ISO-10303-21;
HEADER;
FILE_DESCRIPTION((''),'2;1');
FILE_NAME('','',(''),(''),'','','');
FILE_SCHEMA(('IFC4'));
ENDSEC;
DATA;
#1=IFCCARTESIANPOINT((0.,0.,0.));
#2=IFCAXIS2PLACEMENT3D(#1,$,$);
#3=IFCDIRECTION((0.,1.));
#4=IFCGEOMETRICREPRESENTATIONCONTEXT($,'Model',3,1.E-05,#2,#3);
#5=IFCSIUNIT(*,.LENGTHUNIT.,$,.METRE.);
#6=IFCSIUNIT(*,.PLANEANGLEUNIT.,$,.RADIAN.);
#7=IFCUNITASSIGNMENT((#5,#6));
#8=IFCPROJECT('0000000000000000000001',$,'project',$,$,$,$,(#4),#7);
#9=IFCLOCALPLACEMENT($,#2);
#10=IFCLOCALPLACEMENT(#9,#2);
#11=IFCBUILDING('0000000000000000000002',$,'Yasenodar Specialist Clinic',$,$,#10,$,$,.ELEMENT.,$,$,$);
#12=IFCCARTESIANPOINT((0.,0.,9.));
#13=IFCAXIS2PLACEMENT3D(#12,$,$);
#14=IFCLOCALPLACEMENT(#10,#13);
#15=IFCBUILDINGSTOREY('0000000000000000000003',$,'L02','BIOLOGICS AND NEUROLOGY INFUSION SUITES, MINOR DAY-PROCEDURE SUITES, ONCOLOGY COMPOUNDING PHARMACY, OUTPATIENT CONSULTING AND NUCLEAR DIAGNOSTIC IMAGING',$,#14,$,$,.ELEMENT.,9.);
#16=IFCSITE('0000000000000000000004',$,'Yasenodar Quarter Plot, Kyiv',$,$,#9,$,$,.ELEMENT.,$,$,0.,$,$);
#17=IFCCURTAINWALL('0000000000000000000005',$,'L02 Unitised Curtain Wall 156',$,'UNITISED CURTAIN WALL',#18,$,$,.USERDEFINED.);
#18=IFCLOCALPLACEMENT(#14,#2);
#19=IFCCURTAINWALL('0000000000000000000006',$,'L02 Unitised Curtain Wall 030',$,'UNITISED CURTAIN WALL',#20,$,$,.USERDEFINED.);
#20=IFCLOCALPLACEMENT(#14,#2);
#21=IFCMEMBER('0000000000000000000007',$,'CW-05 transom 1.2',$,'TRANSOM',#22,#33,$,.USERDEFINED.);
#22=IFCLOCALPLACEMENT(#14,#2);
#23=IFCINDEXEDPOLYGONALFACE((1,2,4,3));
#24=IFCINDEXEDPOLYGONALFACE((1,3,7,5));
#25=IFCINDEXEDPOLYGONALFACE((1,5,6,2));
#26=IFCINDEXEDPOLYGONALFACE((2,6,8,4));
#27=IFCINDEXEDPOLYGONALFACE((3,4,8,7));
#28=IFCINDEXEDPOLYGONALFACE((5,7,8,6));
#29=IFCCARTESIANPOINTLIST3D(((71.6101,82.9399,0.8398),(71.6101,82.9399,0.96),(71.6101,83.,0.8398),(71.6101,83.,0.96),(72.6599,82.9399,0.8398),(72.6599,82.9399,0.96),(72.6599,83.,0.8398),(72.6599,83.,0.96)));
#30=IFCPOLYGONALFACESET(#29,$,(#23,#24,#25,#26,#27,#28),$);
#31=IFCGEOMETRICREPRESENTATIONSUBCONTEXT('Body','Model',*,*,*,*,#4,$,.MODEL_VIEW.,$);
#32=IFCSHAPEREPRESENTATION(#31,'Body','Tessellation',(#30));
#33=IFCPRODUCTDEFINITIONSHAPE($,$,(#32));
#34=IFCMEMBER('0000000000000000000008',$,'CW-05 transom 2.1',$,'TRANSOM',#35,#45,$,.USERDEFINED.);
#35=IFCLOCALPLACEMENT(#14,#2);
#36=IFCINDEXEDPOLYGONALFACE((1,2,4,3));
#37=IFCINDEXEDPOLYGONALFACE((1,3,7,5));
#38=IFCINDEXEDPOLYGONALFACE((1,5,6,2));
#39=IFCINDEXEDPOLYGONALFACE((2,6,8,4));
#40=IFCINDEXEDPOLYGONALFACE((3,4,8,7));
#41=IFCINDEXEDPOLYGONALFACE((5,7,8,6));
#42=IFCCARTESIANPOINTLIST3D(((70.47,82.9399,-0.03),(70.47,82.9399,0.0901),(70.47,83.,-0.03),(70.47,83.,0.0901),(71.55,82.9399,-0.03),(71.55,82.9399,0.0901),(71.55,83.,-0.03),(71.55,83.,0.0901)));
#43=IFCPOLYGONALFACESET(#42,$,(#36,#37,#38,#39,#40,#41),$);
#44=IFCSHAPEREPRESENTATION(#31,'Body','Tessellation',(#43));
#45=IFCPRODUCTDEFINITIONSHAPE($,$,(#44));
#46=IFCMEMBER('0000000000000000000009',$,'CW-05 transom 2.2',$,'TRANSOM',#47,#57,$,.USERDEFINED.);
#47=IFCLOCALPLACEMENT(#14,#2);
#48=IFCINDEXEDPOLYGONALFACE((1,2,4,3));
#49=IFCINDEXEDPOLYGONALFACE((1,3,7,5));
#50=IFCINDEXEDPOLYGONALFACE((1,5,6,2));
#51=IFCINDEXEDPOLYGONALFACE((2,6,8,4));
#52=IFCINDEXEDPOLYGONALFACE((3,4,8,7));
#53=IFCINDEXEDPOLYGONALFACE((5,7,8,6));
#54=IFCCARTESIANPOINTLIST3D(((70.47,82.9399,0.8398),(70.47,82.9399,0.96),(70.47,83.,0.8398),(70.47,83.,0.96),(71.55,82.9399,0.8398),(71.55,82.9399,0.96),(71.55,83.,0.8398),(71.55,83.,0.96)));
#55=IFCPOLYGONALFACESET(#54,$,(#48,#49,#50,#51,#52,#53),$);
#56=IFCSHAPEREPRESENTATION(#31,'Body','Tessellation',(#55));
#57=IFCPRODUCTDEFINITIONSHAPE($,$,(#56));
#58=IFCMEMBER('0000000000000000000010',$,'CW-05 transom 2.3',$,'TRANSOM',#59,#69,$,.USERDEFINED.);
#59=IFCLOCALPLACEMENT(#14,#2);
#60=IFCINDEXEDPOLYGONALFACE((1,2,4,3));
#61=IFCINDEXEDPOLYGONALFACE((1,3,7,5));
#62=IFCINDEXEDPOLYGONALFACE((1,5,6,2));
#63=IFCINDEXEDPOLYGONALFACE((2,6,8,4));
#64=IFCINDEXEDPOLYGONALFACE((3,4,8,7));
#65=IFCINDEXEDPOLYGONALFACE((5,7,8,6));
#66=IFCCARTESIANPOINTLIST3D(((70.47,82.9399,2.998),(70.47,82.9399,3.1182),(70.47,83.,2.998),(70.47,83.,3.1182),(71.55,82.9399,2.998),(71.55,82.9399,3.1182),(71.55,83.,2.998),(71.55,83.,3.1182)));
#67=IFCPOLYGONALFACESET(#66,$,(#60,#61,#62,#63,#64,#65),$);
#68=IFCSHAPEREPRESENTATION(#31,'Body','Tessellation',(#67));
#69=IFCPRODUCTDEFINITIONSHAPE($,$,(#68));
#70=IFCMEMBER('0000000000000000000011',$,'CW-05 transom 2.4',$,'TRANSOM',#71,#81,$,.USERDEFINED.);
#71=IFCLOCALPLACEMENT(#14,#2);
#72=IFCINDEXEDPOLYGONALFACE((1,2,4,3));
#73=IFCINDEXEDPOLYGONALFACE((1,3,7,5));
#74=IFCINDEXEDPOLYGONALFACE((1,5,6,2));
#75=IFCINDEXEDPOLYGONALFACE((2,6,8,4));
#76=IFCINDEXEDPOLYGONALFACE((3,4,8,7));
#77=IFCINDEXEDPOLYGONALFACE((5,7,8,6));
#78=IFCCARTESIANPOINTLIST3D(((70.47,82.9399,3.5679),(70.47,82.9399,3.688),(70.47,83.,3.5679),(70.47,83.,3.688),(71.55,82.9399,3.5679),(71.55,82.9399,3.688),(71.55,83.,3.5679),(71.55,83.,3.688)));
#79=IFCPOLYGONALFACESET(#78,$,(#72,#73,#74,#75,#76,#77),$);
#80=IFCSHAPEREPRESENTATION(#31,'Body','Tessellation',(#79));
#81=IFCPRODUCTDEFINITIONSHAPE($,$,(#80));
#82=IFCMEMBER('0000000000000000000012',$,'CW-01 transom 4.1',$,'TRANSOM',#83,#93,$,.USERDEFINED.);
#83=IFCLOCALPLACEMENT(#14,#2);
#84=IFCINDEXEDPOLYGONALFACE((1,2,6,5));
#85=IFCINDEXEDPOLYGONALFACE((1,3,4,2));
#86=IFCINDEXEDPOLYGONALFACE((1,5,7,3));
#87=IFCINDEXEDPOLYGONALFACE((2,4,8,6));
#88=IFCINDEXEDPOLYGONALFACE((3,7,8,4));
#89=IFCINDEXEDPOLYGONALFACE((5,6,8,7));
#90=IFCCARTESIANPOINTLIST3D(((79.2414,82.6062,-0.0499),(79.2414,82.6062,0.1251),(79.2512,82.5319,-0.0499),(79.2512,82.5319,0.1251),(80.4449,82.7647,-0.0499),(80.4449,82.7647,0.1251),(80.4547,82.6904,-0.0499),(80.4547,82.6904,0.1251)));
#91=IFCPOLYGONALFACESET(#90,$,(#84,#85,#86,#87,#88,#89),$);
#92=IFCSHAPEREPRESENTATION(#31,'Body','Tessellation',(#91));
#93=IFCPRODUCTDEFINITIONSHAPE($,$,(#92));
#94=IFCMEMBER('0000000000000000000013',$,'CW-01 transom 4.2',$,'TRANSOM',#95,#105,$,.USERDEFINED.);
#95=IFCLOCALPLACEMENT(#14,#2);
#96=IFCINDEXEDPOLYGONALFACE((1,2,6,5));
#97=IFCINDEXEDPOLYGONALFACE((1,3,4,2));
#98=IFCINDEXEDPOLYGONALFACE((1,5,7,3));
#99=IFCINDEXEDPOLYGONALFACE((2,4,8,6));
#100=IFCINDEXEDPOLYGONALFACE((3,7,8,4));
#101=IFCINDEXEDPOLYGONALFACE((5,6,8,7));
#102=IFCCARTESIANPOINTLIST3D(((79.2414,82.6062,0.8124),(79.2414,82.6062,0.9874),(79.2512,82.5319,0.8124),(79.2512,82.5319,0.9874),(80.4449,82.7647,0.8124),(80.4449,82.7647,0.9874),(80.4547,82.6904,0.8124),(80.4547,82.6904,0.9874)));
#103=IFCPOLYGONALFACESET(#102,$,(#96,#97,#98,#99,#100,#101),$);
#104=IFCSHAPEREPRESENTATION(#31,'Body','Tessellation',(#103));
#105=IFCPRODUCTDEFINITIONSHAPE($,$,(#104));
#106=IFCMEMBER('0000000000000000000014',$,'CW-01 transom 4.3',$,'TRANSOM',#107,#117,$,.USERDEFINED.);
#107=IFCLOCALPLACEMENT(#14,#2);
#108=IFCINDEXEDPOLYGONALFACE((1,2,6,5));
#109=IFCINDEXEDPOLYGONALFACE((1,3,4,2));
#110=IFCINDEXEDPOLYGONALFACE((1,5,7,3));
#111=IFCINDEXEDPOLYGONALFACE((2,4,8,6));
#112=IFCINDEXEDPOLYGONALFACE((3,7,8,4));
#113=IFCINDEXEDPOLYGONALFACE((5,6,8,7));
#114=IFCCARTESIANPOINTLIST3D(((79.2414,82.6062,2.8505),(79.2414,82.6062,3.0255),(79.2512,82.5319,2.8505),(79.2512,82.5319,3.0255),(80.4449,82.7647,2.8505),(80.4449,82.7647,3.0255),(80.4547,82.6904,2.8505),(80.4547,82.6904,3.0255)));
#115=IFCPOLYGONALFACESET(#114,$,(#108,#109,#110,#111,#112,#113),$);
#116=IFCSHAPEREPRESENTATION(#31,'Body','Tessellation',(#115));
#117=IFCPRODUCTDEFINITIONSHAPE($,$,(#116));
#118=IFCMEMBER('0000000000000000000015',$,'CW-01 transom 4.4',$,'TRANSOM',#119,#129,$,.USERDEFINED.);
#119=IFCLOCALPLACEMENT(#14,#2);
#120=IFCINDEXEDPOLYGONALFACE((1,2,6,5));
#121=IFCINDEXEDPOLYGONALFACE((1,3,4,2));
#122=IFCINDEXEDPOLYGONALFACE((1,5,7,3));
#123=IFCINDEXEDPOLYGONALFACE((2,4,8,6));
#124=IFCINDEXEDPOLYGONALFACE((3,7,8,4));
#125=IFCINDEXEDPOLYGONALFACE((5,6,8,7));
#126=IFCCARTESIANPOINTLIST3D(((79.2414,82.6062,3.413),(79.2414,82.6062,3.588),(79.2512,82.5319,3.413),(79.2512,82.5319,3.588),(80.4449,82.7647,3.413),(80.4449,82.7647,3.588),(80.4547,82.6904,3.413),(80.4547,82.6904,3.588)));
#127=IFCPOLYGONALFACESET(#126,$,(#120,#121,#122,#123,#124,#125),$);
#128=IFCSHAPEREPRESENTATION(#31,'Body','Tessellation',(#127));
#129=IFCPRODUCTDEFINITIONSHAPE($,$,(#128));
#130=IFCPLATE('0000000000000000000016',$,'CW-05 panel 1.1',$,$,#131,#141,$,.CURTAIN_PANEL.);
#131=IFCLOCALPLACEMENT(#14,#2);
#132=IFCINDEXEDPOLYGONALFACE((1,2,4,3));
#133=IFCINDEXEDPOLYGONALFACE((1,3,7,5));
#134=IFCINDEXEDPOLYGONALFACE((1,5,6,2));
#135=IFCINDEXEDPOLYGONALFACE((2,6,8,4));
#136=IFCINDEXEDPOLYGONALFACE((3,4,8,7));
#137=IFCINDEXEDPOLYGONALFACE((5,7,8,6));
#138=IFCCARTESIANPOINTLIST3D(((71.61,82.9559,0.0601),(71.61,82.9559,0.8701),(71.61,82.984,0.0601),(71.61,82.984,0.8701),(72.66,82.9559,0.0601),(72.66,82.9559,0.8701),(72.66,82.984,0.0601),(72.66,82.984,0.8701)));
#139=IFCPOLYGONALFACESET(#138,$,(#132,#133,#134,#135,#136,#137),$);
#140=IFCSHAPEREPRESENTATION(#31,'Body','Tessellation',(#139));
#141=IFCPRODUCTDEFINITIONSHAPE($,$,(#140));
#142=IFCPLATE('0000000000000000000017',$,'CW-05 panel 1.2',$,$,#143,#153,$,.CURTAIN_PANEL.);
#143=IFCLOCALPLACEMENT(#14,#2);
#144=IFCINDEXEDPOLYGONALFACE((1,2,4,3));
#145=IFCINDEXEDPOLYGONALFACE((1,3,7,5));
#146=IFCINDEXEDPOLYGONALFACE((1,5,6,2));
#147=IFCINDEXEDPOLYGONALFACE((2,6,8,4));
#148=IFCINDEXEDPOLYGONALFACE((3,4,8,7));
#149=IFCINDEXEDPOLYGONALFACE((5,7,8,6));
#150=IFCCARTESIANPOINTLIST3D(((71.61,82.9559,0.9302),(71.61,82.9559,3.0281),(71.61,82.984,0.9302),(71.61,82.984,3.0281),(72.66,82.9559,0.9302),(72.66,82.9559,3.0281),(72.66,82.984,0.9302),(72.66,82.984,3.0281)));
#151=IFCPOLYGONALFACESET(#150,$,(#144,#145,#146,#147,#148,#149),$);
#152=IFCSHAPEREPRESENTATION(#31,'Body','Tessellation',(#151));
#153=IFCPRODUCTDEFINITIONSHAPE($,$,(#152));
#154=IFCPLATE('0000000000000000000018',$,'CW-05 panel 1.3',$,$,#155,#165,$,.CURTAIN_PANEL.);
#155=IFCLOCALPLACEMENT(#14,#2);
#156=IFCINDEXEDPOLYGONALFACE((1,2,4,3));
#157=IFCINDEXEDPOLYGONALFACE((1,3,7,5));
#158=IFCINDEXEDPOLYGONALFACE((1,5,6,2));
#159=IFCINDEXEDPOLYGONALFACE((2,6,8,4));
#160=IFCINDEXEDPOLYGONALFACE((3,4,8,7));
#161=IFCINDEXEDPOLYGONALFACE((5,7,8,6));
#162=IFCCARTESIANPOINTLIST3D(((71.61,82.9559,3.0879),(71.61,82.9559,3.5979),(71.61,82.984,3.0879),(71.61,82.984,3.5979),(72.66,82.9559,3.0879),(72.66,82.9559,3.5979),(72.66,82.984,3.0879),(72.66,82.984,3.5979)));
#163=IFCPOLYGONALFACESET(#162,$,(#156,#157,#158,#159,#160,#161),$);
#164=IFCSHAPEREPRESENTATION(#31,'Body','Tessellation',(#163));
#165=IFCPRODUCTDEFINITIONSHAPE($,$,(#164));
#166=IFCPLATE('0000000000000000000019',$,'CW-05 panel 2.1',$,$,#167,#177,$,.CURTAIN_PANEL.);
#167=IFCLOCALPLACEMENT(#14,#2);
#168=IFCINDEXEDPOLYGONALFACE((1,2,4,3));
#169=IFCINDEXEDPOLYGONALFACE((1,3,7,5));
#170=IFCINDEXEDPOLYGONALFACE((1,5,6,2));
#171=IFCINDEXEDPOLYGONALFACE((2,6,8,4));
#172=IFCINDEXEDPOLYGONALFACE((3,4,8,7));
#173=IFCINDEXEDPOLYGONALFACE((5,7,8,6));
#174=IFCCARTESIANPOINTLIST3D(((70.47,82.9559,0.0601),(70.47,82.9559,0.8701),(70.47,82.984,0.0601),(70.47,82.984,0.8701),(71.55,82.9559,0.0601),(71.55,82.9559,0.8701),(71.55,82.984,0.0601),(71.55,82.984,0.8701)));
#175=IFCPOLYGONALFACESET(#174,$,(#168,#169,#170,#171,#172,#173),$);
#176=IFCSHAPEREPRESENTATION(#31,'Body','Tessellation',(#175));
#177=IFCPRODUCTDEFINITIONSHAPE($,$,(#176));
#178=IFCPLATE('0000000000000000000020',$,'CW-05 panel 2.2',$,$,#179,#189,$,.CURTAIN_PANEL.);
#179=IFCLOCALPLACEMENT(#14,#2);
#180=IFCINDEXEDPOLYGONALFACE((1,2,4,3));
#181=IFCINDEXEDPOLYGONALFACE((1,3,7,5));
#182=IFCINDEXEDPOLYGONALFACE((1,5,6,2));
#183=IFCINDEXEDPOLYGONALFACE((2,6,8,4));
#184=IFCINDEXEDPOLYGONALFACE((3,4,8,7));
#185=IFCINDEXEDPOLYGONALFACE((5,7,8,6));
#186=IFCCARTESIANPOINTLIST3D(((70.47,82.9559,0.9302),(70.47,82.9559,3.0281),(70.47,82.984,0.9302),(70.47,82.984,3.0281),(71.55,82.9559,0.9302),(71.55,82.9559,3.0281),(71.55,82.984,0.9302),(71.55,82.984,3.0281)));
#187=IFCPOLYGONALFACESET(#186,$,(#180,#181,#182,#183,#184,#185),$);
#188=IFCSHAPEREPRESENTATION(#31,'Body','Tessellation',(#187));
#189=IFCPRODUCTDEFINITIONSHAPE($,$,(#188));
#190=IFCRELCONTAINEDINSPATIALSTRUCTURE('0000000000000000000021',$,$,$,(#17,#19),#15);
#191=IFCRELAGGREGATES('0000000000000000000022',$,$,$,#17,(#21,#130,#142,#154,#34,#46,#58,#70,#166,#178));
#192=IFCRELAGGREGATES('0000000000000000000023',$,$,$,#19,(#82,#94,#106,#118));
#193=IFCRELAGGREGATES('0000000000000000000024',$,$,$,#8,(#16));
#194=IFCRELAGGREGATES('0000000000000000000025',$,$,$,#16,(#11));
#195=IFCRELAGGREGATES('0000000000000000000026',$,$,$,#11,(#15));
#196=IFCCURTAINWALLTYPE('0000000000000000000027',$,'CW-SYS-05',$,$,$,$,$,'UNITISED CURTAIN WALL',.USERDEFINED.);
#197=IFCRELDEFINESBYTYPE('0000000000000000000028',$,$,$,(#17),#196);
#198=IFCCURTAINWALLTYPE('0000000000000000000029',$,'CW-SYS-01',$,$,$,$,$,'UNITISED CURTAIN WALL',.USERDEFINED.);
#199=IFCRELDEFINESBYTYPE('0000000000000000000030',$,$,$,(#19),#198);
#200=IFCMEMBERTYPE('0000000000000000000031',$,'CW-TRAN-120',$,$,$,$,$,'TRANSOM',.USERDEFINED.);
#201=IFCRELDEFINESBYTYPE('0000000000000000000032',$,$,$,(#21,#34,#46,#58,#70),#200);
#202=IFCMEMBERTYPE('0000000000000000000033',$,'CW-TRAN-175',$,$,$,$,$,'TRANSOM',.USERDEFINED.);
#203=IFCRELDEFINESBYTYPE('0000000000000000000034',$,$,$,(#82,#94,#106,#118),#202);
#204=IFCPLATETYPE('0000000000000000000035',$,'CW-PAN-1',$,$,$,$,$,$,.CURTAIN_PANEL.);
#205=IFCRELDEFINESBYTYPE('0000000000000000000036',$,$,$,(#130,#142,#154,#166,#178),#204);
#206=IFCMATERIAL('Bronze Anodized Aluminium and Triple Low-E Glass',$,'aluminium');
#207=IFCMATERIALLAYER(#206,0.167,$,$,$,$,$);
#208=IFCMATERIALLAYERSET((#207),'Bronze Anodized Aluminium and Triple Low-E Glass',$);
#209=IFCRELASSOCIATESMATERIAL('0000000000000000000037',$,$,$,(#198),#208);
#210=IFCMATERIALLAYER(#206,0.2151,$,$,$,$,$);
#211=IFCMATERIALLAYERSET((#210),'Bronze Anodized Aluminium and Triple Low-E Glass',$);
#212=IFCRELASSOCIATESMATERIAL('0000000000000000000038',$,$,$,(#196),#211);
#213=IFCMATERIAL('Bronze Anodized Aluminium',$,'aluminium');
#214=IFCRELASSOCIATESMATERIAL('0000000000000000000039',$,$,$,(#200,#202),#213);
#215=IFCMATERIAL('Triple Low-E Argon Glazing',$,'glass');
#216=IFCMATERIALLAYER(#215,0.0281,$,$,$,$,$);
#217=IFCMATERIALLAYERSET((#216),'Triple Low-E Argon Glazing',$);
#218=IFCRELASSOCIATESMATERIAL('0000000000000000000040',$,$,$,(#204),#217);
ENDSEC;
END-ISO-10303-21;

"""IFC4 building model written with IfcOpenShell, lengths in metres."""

from ifc_helpers import new_model, si_unit, direction, frame, origin, origin_2d, place, context, subcontext, project, spatial, rectangle, extrude, material, layer, layer_set, material_profile, profile_set, type_object, element, aggregate, save


model = new_model("IFC4")

# Units and contexts
model_context = context("Model", 3, precision=1e-05, world=origin(), true_north=direction((0.0, 1.0)))
body_context = subcontext(model_context, "Body", "Model", "MODEL_VIEW")
ifc_project = project(units=[si_unit("LENGTHUNIT", "METRE"), si_unit("PLANEANGLEUNIT", "RADIAN")], contexts=[model_context])

# Site, building, storey
site_placement = place(None, origin())
site = spatial("IfcSite", under=ifc_project, at=site_placement, Name="Yasenodar Quarter Plot, Kyiv", CompositionType="ELEMENT", RefElevation=0.0)
building_placement = place(site_placement, origin())
building = spatial("IfcBuilding", under=site, at=building_placement, Name="Yasenodar Specialist Clinic", CompositionType="ELEMENT")
storey_placement = place(building_placement, frame((0.0, 0.0, 9.0)))
storey = spatial("IfcBuildingStorey", under=building, at=storey_placement, Name="L02", Description="BIOLOGICS AND NEUROLOGY INFUSION SUITES, MINOR DAY-PROCEDURE SUITES, ONCOLOGY COMPOUNDING PHARMACY, OUTPATIENT CONSULTING AND NUCLEAR DIAGNOSTIC IMAGING", CompositionType="ELEMENT", Elevation=9.0)

# Shared definitions
ifc_material_1 = material(Name="Bronze Anodized Aluminium and Triple Low-E Glass", Category="aluminium")
ifc_layer_1 = layer(ifc_material_1, 0.167)
ifc_layer_set_1 = layer_set([ifc_layer_1], Name="Bronze Anodized Aluminium and Triple Low-E Glass")
curtain_wall_type_1 = type_object("IfcCurtainWallType", Name="CW-SYS-01", ElementType="UNITISED CURTAIN WALL", PredefinedType="USERDEFINED", material=ifc_layer_set_1)
ifc_material_2 = material(Name="Bronze Anodized Aluminium", Category="aluminium")

# Curtain wall
ifc_layer_2 = layer(ifc_material_1, 0.2151)
ifc_layer_set_2 = layer_set([ifc_layer_2], Name="Bronze Anodized Aluminium and Triple Low-E Glass")
curtain_wall_type_2 = type_object("IfcCurtainWallType", Name="CW-SYS-05", ElementType="UNITISED CURTAIN WALL", PredefinedType="USERDEFINED", material=ifc_layer_set_2)
curtain_wall_1_placement = place(storey_placement, origin())
curtain_wall_1 = element("IfcCurtainWall", 1, at=curtain_wall_1_placement, inside=storey, type_object=curtain_wall_type_2, Name="L02 Unitised Curtain Wall 156", ObjectType="UNITISED CURTAIN WALL", PredefinedType="USERDEFINED")

# Curtain wall
curtain_wall_2_placement = place(storey_placement, origin())
curtain_wall_2 = element("IfcCurtainWall", 2, at=curtain_wall_2_placement, inside=storey, type_object=curtain_wall_type_1, Name="L02 Unitised Curtain Wall 030", ObjectType="UNITISED CURTAIN WALL", PredefinedType="USERDEFINED")

# Members
ifc_material_profile_1 = material_profile(ifc_material_2, rectangle(XDim=0.0601, YDim=0.1201, at=origin_2d()), Name="CW-TRAN 60x120")
ifc_profile_set_1 = profile_set([ifc_material_profile_1], Name="Bronze Anodized Aluminium")
member_type_1 = type_object("IfcMemberType", Name="CW-TRAN-120", ElementType="TRANSOM", PredefinedType="USERDEFINED", material=ifc_profile_set_1)
member_1_placement = place(storey_placement, frame((72.6599, 82.97, 0.8999), z_axis=(-1.0, 0.0, 0.0), x_axis=(0.0, -1.0, 0.0)))
member_1 = element("IfcMember", 3, at=member_1_placement, type_object=member_type_1, Name="CW-05 transom 1.2", ObjectType="TRANSOM", PredefinedType="USERDEFINED", context=body_context, shape_type="SweptSolid", body=[
    extrude(rectangle(XDim=0.0601, YDim=0.1201, at=origin_2d()), origin(), (0.0, 0.0, 1.0), 1.0498),
])
member_2_placement = place(storey_placement, frame((71.55, 82.97, 0.03), z_axis=(-1.0, 0.0, 0.0), x_axis=(0.0, -1.0, 0.0)))
member_2 = element("IfcMember", 4, at=member_2_placement, type_object=member_type_1, Name="CW-05 transom 2.1", ObjectType="TRANSOM", PredefinedType="USERDEFINED", context=body_context, shape_type="SweptSolid", body=[
    extrude(rectangle(XDim=0.0601, YDim=0.1201, at=origin_2d()), origin(), (0.0, 0.0, 1.0), 1.0801),
])
member_3_placement = place(storey_placement, frame((71.55, 82.97, 0.8999), z_axis=(-1.0, 0.0, 0.0), x_axis=(0.0, -1.0, 0.0)))
member_3 = element("IfcMember", 5, at=member_3_placement, type_object=member_type_1, Name="CW-05 transom 2.2", ObjectType="TRANSOM", PredefinedType="USERDEFINED", context=body_context, shape_type="SweptSolid", body=[
    extrude(rectangle(XDim=0.0601, YDim=0.1201, at=origin_2d()), origin(), (0.0, 0.0, 1.0), 1.0801),
])
member_4_placement = place(storey_placement, frame((71.55, 82.97, 3.0581), z_axis=(-1.0, 0.0, 0.0), x_axis=(0.0, -1.0, 0.0)))
member_4 = element("IfcMember", 6, at=member_4_placement, type_object=member_type_1, Name="CW-05 transom 2.3", ObjectType="TRANSOM", PredefinedType="USERDEFINED", context=body_context, shape_type="SweptSolid", body=[
    extrude(rectangle(XDim=0.0601, YDim=0.1201, at=origin_2d()), origin(), (0.0, 0.0, 1.0), 1.0801),
])
member_5_placement = place(storey_placement, frame((71.55, 82.97, 3.6279), z_axis=(-1.0, 0.0, 0.0), x_axis=(0.0, -1.0, 0.0)))
member_5 = element("IfcMember", 7, at=member_5_placement, type_object=member_type_1, Name="CW-05 transom 2.4", ObjectType="TRANSOM", PredefinedType="USERDEFINED", context=body_context, shape_type="SweptSolid", body=[
    extrude(rectangle(XDim=0.0601, YDim=0.1201, at=origin_2d()), origin(), (0.0, 0.0, 1.0), 1.0801),
])
ifc_material_profile_2 = material_profile(ifc_material_2, rectangle(XDim=0.075, YDim=0.175, at=origin_2d()), Name="CW-TRAN 75x175")
ifc_profile_set_2 = profile_set([ifc_material_profile_2], Name="Bronze Anodized Aluminium")
member_type_2 = type_object("IfcMemberType", Name="CW-TRAN-175", ElementType="TRANSOM", PredefinedType="USERDEFINED", material=ifc_profile_set_2)
member_6_placement = place(storey_placement, frame((79.2463, 82.5691, 0.0376), z_axis=(0.991443, 0.130543, 0.0), x_axis=(-0.130543, 0.991443, 0.0)))
member_6 = element("IfcMember", 8, at=member_6_placement, type_object=member_type_2, Name="CW-01 transom 4.1", ObjectType="TRANSOM", PredefinedType="USERDEFINED", context=body_context, shape_type="SweptSolid", body=[
    extrude(rectangle(XDim=0.075, YDim=0.175, at=origin_2d()), origin(), (0.0, 0.0, 1.0), 1.2139),
])
member_7_placement = place(storey_placement, frame((79.2463, 82.5691, 0.8999), z_axis=(0.991443, 0.130543, 0.0), x_axis=(-0.130543, 0.991443, 0.0)))
member_7 = element("IfcMember", 9, at=member_7_placement, type_object=member_type_2, Name="CW-01 transom 4.2", ObjectType="TRANSOM", PredefinedType="USERDEFINED", context=body_context, shape_type="SweptSolid", body=[
    extrude(rectangle(XDim=0.075, YDim=0.175, at=origin_2d()), origin(), (0.0, 0.0, 1.0), 1.2139),
])
member_8_placement = place(storey_placement, frame((79.2463, 82.5691, 2.938), z_axis=(0.991443, 0.130543, 0.0), x_axis=(-0.130543, 0.991443, 0.0)))
member_8 = element("IfcMember", 10, at=member_8_placement, type_object=member_type_2, Name="CW-01 transom 4.3", ObjectType="TRANSOM", PredefinedType="USERDEFINED", context=body_context, shape_type="SweptSolid", body=[
    extrude(rectangle(XDim=0.075, YDim=0.175, at=origin_2d()), origin(), (0.0, 0.0, 1.0), 1.2139),
])
member_9_placement = place(storey_placement, frame((79.2463, 82.5691, 3.5005), z_axis=(0.991443, 0.130543, 0.0), x_axis=(-0.130543, 0.991443, 0.0)))
member_9 = element("IfcMember", 11, at=member_9_placement, type_object=member_type_2, Name="CW-01 transom 4.4", ObjectType="TRANSOM", PredefinedType="USERDEFINED", context=body_context, shape_type="SweptSolid", body=[
    extrude(rectangle(XDim=0.075, YDim=0.175, at=origin_2d()), origin(), (0.0, 0.0, 1.0), 1.2139),
])

# Plates
ifc_material_3 = material(Name="Triple Low-E Argon Glazing", Category="glass")
ifc_layer_3 = layer(ifc_material_3, 0.0281)
ifc_layer_set_3 = layer_set([ifc_layer_3], Name="Triple Low-E Argon Glazing")
plate_type_1 = type_object("IfcPlateType", Name="CW-PAN-1", PredefinedType="CURTAIN_PANEL", material=ifc_layer_set_3)
plate_1_placement = place(storey_placement, frame((72.135, 82.97, 0.0601), z_axis=(0.0, 0.0, 1.0), x_axis=(-1.0, 0.0, 0.0)))
plate_1 = element("IfcPlate", 12, at=plate_1_placement, type_object=plate_type_1, Name="CW-05 panel 1.1", PredefinedType="CURTAIN_PANEL", context=body_context, shape_type="SweptSolid", body=[
    extrude(rectangle(XDim=1.05, YDim=0.0281, at=origin_2d()), origin(), (0.0, 0.0, 1.0), 0.8101),
])
plate_2_placement = place(storey_placement, frame((72.135, 82.97, 0.9302), z_axis=(0.0, 0.0, 1.0), x_axis=(-1.0, 0.0, 0.0)))
plate_2 = element("IfcPlate", 13, at=plate_2_placement, type_object=plate_type_1, Name="CW-05 panel 1.2", PredefinedType="CURTAIN_PANEL", context=body_context, shape_type="SweptSolid", body=[
    extrude(rectangle(XDim=1.05, YDim=0.0281, at=origin_2d()), origin(), (0.0, 0.0, 1.0), 2.0979),
])
plate_3_placement = place(storey_placement, frame((72.135, 82.97, 3.0879), z_axis=(0.0, 0.0, 1.0), x_axis=(-1.0, 0.0, 0.0)))
plate_3 = element("IfcPlate", 14, at=plate_3_placement, type_object=plate_type_1, Name="CW-05 panel 1.3", PredefinedType="CURTAIN_PANEL", context=body_context, shape_type="SweptSolid", body=[
    extrude(rectangle(XDim=1.05, YDim=0.0281, at=origin_2d()), origin(), (0.0, 0.0, 1.0), 0.51),
])
plate_4_placement = place(storey_placement, frame((71.01, 82.97, 0.0601), z_axis=(0.0, 0.0, 1.0), x_axis=(-1.0, 0.0, 0.0)))
plate_4 = element("IfcPlate", 15, at=plate_4_placement, type_object=plate_type_1, Name="CW-05 panel 2.1", PredefinedType="CURTAIN_PANEL", context=body_context, shape_type="SweptSolid", body=[
    extrude(rectangle(XDim=1.0801, YDim=0.0281, at=origin_2d()), origin(), (0.0, 0.0, 1.0), 0.8101),
])
plate_5_placement = place(storey_placement, frame((71.01, 82.97, 0.9302), z_axis=(0.0, 0.0, 1.0), x_axis=(-1.0, 0.0, 0.0)))
plate_5 = element("IfcPlate", 16, at=plate_5_placement, type_object=plate_type_1, Name="CW-05 panel 2.2", PredefinedType="CURTAIN_PANEL", context=body_context, shape_type="SweptSolid", body=[
    extrude(rectangle(XDim=1.0801, YDim=0.0281, at=origin_2d()), origin(), (0.0, 0.0, 1.0), 2.0979),
])
aggregate(curtain_wall_1, [member_1, plate_1, plate_2, plate_3, member_2, member_3, member_4, member_5, plate_4, plate_5])
aggregate(curtain_wall_2, [member_6, member_7, member_8, member_9])

save(model, "model.ifc")
